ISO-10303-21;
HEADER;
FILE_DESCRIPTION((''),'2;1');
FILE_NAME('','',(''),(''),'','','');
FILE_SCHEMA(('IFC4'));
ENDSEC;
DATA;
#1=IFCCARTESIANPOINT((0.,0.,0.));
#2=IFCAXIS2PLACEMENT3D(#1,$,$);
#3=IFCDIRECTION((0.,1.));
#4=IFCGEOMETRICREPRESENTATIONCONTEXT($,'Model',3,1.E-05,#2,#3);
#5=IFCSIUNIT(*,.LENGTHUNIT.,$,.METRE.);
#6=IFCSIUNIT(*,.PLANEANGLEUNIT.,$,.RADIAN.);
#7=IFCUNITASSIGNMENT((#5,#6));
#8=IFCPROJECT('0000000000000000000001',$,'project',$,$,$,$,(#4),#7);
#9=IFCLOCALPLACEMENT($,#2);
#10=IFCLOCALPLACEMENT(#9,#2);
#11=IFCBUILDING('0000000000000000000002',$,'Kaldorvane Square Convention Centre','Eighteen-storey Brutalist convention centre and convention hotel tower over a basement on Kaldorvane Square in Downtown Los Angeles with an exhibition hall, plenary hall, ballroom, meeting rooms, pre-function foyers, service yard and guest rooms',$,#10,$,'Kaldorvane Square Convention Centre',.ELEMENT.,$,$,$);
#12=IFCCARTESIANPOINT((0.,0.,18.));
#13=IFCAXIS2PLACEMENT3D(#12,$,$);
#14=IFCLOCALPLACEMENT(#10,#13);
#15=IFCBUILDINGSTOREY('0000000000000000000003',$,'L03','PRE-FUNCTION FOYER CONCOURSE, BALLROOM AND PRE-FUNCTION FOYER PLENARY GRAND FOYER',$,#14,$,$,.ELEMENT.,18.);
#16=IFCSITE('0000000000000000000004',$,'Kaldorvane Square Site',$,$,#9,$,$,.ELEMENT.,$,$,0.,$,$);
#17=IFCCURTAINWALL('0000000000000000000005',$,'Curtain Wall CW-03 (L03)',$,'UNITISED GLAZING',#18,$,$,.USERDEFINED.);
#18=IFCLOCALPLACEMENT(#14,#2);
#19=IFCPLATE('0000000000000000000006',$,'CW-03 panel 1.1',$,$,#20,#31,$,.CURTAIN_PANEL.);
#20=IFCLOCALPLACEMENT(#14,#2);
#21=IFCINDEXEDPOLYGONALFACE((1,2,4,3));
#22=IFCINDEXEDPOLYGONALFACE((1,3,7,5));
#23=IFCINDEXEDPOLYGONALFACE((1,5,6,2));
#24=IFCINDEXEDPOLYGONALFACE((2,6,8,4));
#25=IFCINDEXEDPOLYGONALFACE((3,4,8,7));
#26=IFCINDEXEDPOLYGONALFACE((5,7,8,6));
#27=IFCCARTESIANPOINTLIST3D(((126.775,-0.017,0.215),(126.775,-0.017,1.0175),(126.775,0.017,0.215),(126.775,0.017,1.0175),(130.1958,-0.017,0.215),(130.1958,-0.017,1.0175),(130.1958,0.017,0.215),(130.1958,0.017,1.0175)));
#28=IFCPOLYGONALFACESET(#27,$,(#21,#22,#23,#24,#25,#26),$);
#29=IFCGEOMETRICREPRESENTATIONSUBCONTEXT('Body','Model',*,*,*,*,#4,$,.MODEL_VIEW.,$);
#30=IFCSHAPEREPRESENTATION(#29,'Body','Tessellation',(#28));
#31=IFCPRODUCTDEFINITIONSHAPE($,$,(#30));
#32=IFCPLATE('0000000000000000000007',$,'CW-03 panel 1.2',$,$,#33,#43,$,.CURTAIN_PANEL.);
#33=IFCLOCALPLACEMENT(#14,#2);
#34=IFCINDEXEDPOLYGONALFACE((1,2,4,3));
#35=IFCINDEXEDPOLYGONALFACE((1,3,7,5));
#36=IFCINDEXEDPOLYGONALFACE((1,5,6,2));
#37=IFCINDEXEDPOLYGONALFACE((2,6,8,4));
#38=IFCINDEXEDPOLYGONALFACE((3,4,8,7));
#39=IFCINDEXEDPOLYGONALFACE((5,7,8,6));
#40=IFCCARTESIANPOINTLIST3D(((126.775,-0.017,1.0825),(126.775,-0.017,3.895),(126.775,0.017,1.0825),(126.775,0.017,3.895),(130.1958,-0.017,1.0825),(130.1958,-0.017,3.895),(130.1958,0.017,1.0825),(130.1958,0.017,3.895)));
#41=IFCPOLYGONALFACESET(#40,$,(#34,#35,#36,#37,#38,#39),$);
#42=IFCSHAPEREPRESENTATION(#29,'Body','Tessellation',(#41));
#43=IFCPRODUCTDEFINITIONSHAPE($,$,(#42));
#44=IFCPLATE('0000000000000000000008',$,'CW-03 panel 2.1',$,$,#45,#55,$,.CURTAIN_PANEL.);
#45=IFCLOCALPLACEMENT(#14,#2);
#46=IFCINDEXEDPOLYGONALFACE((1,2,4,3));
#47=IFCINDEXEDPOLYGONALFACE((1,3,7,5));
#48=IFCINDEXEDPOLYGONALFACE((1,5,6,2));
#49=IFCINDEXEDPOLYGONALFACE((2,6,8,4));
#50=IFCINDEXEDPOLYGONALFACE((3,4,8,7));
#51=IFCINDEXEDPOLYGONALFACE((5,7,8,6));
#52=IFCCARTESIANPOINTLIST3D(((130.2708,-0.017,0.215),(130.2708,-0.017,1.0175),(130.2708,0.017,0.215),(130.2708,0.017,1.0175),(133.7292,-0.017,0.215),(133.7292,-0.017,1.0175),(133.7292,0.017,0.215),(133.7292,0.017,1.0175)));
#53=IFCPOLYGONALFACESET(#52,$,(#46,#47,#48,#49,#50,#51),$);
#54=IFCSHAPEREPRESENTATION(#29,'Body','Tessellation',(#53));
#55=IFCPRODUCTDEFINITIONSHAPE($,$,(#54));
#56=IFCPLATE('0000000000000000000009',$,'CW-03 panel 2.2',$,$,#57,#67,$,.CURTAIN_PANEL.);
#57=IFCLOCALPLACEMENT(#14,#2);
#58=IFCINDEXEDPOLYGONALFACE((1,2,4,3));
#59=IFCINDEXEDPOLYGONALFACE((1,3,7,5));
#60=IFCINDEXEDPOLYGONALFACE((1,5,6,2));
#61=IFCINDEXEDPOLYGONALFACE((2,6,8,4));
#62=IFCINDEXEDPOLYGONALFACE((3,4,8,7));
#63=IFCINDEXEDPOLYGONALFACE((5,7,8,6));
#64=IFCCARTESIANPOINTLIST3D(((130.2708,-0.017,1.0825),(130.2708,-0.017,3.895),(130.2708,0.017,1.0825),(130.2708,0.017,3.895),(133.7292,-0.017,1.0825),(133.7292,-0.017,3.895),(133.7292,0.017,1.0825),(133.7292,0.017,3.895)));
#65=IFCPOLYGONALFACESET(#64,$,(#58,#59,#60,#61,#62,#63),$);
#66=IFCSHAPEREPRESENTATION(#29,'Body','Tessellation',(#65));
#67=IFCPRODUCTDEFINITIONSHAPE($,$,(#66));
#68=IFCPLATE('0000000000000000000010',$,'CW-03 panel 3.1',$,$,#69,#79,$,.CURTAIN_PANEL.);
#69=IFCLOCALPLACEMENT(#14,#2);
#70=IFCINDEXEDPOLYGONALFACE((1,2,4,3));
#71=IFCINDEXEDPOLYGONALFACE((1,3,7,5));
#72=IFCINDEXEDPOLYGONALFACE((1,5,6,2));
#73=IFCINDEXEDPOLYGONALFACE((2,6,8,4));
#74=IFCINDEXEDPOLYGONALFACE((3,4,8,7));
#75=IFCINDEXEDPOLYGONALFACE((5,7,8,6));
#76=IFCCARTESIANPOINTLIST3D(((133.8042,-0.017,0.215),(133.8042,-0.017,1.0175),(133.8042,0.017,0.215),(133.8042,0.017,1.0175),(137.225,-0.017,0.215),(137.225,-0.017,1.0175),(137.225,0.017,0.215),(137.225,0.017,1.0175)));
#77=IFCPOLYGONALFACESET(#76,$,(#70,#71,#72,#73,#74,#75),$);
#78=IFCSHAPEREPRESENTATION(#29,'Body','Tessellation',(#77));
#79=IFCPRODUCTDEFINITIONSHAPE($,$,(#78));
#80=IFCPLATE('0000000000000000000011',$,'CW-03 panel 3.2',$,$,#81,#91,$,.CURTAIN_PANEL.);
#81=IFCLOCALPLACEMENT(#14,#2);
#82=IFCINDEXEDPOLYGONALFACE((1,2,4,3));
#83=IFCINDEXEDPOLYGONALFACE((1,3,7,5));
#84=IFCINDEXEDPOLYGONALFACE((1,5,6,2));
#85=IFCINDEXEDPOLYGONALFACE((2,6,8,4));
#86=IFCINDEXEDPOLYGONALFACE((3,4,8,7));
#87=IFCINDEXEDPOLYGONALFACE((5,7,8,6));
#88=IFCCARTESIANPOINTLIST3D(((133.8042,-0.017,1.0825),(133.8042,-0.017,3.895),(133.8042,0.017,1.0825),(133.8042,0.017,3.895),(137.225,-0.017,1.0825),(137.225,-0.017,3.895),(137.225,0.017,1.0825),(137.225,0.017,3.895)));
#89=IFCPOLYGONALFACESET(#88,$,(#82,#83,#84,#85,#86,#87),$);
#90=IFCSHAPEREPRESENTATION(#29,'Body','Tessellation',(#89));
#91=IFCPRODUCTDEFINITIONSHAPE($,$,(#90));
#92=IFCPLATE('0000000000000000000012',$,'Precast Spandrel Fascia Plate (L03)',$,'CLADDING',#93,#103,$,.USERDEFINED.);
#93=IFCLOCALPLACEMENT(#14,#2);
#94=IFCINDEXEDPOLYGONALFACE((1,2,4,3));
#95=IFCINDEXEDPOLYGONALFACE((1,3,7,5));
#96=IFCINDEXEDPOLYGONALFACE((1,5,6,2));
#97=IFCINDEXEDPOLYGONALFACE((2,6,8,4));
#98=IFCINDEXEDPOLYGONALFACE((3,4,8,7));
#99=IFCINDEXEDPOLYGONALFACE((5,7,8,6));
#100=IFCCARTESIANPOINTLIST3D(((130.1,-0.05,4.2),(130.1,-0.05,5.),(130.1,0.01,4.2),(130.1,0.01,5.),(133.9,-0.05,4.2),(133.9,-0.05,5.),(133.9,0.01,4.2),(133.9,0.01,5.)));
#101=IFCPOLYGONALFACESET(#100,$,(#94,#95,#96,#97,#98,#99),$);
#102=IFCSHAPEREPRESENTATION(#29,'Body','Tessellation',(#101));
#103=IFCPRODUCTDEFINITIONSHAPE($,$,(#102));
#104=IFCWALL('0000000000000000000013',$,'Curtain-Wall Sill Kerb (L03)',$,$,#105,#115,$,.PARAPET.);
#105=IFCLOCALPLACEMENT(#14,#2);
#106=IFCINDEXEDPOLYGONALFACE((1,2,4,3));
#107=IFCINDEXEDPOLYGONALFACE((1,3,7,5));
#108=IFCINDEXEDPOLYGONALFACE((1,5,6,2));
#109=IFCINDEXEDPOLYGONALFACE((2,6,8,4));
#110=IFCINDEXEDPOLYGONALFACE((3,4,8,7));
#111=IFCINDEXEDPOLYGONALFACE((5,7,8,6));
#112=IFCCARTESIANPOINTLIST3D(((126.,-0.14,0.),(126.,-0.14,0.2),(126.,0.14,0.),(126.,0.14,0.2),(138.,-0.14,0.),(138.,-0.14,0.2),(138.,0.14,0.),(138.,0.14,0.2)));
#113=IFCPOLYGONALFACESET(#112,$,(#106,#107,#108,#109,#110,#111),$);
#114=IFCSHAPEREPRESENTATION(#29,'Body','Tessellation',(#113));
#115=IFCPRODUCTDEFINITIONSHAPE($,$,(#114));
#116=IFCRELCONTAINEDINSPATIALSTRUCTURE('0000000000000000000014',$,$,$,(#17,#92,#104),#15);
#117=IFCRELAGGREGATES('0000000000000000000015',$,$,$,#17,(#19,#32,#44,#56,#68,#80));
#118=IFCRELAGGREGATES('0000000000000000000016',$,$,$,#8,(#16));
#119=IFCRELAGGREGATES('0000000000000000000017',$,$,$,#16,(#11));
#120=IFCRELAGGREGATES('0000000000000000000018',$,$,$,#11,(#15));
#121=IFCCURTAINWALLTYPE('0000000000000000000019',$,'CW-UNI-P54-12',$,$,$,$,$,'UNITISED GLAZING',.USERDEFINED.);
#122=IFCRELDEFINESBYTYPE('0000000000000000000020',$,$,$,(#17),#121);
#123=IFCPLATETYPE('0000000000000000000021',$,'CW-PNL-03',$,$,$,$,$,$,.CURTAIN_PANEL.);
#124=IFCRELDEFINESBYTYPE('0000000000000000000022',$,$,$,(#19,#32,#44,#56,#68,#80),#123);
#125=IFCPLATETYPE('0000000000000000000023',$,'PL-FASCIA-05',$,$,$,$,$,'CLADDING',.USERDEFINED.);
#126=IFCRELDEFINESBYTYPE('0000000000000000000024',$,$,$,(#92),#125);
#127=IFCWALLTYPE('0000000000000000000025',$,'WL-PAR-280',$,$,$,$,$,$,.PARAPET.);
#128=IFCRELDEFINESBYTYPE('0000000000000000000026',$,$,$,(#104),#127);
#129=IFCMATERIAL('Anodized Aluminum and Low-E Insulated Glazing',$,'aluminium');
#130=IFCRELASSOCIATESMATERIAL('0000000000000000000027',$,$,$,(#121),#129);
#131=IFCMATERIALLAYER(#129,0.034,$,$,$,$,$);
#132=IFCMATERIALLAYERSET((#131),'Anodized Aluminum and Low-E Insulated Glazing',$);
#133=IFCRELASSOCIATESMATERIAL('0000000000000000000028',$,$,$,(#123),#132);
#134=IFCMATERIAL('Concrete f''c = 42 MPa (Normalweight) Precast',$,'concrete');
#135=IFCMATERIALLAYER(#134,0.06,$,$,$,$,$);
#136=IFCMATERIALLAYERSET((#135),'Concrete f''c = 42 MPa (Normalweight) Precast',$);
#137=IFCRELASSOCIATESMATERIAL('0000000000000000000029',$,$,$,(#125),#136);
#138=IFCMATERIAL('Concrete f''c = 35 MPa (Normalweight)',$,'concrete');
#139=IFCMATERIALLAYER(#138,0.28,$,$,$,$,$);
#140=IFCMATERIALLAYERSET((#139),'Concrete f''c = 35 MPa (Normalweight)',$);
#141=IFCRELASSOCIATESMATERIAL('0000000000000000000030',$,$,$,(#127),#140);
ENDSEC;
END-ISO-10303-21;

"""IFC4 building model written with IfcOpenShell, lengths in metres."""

from ifc_helpers import new_model, si_unit, direction, frame, frame_2d, origin, origin_2d, place, context, subcontext, project, spatial, rectangle, extrude, material, layer, layer_set, type_object, element, aggregate, save


model = new_model("IFC4")

# Units and contexts
model_context = context("Model", 3, precision=1e-05, world=origin(), true_north=direction((0.0, 1.0)))
body_context = subcontext(model_context, "Body", "Model", "MODEL_VIEW")
ifc_project = project(units=[si_unit("LENGTHUNIT", "METRE"), si_unit("PLANEANGLEUNIT", "RADIAN")], contexts=[model_context])

# Site, building, storey
site_placement = place(None, origin())
site = spatial("IfcSite", under=ifc_project, at=site_placement, Name="Kaldorvane Square Site", CompositionType="ELEMENT", RefElevation=0.0)
building_placement = place(site_placement, origin())
building = spatial("IfcBuilding", under=site, at=building_placement, Name="Kaldorvane Square Convention Centre", Description="Eighteen-storey Brutalist convention centre and convention hotel tower over a basement on Kaldorvane Square in Downtown Los Angeles with an exhibition hall, plenary hall, ballroom, meeting rooms, pre-function foyers, service yard and guest rooms", LongName="Kaldorvane Square Convention Centre", CompositionType="ELEMENT")
storey_placement = place(building_placement, frame((0.0, 0.0, 18.0)))
storey = spatial("IfcBuildingStorey", under=building, at=storey_placement, Name="L03", Description="PRE-FUNCTION FOYER CONCOURSE, BALLROOM AND PRE-FUNCTION FOYER PLENARY GRAND FOYER", CompositionType="ELEMENT", Elevation=18.0)

# Curtain wall, plates
ifc_material_1 = material(Name="Anodized Aluminum and Low-E Insulated Glazing", Category="aluminium")
curtain_wall_type = type_object("IfcCurtainWallType", Name="CW-UNI-P54-12", ElementType="UNITISED GLAZING", PredefinedType="USERDEFINED", material=ifc_material_1)
curtain_wall_placement = place(storey_placement, origin())
curtain_wall = element("IfcCurtainWall", 1, at=curtain_wall_placement, inside=storey, type_object=curtain_wall_type, Name="Curtain Wall CW-03 (L03)", ObjectType="UNITISED GLAZING", PredefinedType="USERDEFINED")
ifc_layer_1 = layer(ifc_material_1, 0.034)
ifc_layer_set_1 = layer_set([ifc_layer_1], Name="Anodized Aluminum and Low-E Insulated Glazing")
plate_type_1 = type_object("IfcPlateType", Name="CW-PNL-03", PredefinedType="CURTAIN_PANEL", material=ifc_layer_set_1)
plate_1_placement = place(storey_placement, frame((128.4854, 0.0, 0.215), z_axis=(0.0, 0.0, 1.0), x_axis=(1.0, 0.0, 0.0)))
plate_1 = element("IfcPlate", 2, at=plate_1_placement, type_object=plate_type_1, Name="CW-03 panel 1.1", PredefinedType="CURTAIN_PANEL", context=body_context, shape_type="SweptSolid", body=[
    extrude(rectangle(XDim=3.4208, YDim=0.034, at=origin_2d()), origin(), (0.0, 0.0, 1.0), 0.8025),
])
plate_2_placement = place(storey_placement, frame((128.4854, 0.0, 1.0825), z_axis=(0.0, 0.0, 1.0), x_axis=(1.0, 0.0, 0.0)))
plate_2 = element("IfcPlate", 3, at=plate_2_placement, type_object=plate_type_1, Name="CW-03 panel 1.2", PredefinedType="CURTAIN_PANEL", context=body_context, shape_type="SweptSolid", body=[
    extrude(rectangle(XDim=3.4208, YDim=0.034, at=origin_2d()), origin(), (0.0, 0.0, 1.0), 2.8125),
])
plate_3_placement = place(storey_placement, frame((132.0, 0.0, 0.215), z_axis=(0.0, 0.0, 1.0), x_axis=(1.0, 0.0, 0.0)))
plate_3 = element("IfcPlate", 4, at=plate_3_placement, type_object=plate_type_1, Name="CW-03 panel 2.1", PredefinedType="CURTAIN_PANEL", context=body_context, shape_type="SweptSolid", body=[
    extrude(rectangle(XDim=3.4583, YDim=0.034, at=origin_2d()), origin(), (0.0, 0.0, 1.0), 0.8025),
])
plate_4_placement = place(storey_placement, frame((132.0, 0.0, 1.0825), z_axis=(0.0, 0.0, 1.0), x_axis=(1.0, 0.0, 0.0)))
plate_4 = element("IfcPlate", 5, at=plate_4_placement, type_object=plate_type_1, Name="CW-03 panel 2.2", PredefinedType="CURTAIN_PANEL", context=body_context, shape_type="SweptSolid", body=[
    extrude(rectangle(XDim=3.4583, YDim=0.034, at=origin_2d()), origin(), (0.0, 0.0, 1.0), 2.8125),
])
plate_5_placement = place(storey_placement, frame((135.5146, 0.0, 0.215), z_axis=(0.0, 0.0, 1.0), x_axis=(1.0, 0.0, 0.0)))
plate_5 = element("IfcPlate", 6, at=plate_5_placement, type_object=plate_type_1, Name="CW-03 panel 3.1", PredefinedType="CURTAIN_PANEL", context=body_context, shape_type="SweptSolid", body=[
    extrude(rectangle(XDim=3.4208, YDim=0.034, at=origin_2d()), origin(), (0.0, 0.0, 1.0), 0.8025),
])
plate_6_placement = place(storey_placement, frame((135.5146, 0.0, 1.0825), z_axis=(0.0, 0.0, 1.0), x_axis=(1.0, 0.0, 0.0)))
plate_6 = element("IfcPlate", 7, at=plate_6_placement, type_object=plate_type_1, Name="CW-03 panel 3.2", PredefinedType="CURTAIN_PANEL", context=body_context, shape_type="SweptSolid", body=[
    extrude(rectangle(XDim=3.4208, YDim=0.034, at=origin_2d()), origin(), (0.0, 0.0, 1.0), 2.8125),
])
aggregate(curtain_wall, [plate_1, plate_2, plate_3, plate_4, plate_5, plate_6])

# Plate
ifc_material_2 = material(Name="Concrete f'c = 42 MPa (Normalweight) Precast", Category="concrete")
ifc_layer_2 = layer(ifc_material_2, 0.06)
ifc_layer_set_2 = layer_set([ifc_layer_2], Name="Concrete f'c = 42 MPa (Normalweight) Precast")
plate_type_2 = type_object("IfcPlateType", Name="PL-FASCIA-05", ElementType="CLADDING", PredefinedType="USERDEFINED", material=ifc_layer_set_2)
plate_7_placement = place(storey_placement, frame((132.0, -0.02, 4.2), z_axis=(0.0, 0.0, 1.0), x_axis=(1.0, 0.0, 0.0)))
element("IfcPlate", 8, at=plate_7_placement, inside=storey, type_object=plate_type_2, Name="Precast Spandrel Fascia Plate (L03)", ObjectType="CLADDING", PredefinedType="USERDEFINED", context=body_context, shape_type="SweptSolid", body=[
    extrude(rectangle(XDim=3.8, YDim=0.06, at=origin_2d()), origin(), (0.0, 0.0, 1.0), 0.8),
])

# Wall
ifc_material_3 = material(Name="Concrete f'c = 35 MPa (Normalweight)", Category="concrete")
ifc_layer_3 = layer(ifc_material_3, 0.28)
ifc_layer_set_3 = layer_set([ifc_layer_3], Name="Concrete f'c = 35 MPa (Normalweight)")
wall_type = type_object("IfcWallType", Name="WL-PAR-280", PredefinedType="PARAPET", material=ifc_layer_set_3)
wall_placement = place(storey_placement, frame((126.0, 0.0, 0.0), z_axis=(0.0, 0.0, 1.0), x_axis=(1.0, 0.0, 0.0)))
element("IfcWall", 9, at=wall_placement, inside=storey, type_object=wall_type, Name="Curtain-Wall Sill Kerb (L03)", PredefinedType="PARAPET", context=body_context, shape_type="SweptSolid", body=[
    extrude(rectangle(XDim=12.0, YDim=0.28, at=frame_2d((6.0, 0.0))), origin(), (0.0, 0.0, 1.0), 0.2),
])

save(model, "model.ifc")
